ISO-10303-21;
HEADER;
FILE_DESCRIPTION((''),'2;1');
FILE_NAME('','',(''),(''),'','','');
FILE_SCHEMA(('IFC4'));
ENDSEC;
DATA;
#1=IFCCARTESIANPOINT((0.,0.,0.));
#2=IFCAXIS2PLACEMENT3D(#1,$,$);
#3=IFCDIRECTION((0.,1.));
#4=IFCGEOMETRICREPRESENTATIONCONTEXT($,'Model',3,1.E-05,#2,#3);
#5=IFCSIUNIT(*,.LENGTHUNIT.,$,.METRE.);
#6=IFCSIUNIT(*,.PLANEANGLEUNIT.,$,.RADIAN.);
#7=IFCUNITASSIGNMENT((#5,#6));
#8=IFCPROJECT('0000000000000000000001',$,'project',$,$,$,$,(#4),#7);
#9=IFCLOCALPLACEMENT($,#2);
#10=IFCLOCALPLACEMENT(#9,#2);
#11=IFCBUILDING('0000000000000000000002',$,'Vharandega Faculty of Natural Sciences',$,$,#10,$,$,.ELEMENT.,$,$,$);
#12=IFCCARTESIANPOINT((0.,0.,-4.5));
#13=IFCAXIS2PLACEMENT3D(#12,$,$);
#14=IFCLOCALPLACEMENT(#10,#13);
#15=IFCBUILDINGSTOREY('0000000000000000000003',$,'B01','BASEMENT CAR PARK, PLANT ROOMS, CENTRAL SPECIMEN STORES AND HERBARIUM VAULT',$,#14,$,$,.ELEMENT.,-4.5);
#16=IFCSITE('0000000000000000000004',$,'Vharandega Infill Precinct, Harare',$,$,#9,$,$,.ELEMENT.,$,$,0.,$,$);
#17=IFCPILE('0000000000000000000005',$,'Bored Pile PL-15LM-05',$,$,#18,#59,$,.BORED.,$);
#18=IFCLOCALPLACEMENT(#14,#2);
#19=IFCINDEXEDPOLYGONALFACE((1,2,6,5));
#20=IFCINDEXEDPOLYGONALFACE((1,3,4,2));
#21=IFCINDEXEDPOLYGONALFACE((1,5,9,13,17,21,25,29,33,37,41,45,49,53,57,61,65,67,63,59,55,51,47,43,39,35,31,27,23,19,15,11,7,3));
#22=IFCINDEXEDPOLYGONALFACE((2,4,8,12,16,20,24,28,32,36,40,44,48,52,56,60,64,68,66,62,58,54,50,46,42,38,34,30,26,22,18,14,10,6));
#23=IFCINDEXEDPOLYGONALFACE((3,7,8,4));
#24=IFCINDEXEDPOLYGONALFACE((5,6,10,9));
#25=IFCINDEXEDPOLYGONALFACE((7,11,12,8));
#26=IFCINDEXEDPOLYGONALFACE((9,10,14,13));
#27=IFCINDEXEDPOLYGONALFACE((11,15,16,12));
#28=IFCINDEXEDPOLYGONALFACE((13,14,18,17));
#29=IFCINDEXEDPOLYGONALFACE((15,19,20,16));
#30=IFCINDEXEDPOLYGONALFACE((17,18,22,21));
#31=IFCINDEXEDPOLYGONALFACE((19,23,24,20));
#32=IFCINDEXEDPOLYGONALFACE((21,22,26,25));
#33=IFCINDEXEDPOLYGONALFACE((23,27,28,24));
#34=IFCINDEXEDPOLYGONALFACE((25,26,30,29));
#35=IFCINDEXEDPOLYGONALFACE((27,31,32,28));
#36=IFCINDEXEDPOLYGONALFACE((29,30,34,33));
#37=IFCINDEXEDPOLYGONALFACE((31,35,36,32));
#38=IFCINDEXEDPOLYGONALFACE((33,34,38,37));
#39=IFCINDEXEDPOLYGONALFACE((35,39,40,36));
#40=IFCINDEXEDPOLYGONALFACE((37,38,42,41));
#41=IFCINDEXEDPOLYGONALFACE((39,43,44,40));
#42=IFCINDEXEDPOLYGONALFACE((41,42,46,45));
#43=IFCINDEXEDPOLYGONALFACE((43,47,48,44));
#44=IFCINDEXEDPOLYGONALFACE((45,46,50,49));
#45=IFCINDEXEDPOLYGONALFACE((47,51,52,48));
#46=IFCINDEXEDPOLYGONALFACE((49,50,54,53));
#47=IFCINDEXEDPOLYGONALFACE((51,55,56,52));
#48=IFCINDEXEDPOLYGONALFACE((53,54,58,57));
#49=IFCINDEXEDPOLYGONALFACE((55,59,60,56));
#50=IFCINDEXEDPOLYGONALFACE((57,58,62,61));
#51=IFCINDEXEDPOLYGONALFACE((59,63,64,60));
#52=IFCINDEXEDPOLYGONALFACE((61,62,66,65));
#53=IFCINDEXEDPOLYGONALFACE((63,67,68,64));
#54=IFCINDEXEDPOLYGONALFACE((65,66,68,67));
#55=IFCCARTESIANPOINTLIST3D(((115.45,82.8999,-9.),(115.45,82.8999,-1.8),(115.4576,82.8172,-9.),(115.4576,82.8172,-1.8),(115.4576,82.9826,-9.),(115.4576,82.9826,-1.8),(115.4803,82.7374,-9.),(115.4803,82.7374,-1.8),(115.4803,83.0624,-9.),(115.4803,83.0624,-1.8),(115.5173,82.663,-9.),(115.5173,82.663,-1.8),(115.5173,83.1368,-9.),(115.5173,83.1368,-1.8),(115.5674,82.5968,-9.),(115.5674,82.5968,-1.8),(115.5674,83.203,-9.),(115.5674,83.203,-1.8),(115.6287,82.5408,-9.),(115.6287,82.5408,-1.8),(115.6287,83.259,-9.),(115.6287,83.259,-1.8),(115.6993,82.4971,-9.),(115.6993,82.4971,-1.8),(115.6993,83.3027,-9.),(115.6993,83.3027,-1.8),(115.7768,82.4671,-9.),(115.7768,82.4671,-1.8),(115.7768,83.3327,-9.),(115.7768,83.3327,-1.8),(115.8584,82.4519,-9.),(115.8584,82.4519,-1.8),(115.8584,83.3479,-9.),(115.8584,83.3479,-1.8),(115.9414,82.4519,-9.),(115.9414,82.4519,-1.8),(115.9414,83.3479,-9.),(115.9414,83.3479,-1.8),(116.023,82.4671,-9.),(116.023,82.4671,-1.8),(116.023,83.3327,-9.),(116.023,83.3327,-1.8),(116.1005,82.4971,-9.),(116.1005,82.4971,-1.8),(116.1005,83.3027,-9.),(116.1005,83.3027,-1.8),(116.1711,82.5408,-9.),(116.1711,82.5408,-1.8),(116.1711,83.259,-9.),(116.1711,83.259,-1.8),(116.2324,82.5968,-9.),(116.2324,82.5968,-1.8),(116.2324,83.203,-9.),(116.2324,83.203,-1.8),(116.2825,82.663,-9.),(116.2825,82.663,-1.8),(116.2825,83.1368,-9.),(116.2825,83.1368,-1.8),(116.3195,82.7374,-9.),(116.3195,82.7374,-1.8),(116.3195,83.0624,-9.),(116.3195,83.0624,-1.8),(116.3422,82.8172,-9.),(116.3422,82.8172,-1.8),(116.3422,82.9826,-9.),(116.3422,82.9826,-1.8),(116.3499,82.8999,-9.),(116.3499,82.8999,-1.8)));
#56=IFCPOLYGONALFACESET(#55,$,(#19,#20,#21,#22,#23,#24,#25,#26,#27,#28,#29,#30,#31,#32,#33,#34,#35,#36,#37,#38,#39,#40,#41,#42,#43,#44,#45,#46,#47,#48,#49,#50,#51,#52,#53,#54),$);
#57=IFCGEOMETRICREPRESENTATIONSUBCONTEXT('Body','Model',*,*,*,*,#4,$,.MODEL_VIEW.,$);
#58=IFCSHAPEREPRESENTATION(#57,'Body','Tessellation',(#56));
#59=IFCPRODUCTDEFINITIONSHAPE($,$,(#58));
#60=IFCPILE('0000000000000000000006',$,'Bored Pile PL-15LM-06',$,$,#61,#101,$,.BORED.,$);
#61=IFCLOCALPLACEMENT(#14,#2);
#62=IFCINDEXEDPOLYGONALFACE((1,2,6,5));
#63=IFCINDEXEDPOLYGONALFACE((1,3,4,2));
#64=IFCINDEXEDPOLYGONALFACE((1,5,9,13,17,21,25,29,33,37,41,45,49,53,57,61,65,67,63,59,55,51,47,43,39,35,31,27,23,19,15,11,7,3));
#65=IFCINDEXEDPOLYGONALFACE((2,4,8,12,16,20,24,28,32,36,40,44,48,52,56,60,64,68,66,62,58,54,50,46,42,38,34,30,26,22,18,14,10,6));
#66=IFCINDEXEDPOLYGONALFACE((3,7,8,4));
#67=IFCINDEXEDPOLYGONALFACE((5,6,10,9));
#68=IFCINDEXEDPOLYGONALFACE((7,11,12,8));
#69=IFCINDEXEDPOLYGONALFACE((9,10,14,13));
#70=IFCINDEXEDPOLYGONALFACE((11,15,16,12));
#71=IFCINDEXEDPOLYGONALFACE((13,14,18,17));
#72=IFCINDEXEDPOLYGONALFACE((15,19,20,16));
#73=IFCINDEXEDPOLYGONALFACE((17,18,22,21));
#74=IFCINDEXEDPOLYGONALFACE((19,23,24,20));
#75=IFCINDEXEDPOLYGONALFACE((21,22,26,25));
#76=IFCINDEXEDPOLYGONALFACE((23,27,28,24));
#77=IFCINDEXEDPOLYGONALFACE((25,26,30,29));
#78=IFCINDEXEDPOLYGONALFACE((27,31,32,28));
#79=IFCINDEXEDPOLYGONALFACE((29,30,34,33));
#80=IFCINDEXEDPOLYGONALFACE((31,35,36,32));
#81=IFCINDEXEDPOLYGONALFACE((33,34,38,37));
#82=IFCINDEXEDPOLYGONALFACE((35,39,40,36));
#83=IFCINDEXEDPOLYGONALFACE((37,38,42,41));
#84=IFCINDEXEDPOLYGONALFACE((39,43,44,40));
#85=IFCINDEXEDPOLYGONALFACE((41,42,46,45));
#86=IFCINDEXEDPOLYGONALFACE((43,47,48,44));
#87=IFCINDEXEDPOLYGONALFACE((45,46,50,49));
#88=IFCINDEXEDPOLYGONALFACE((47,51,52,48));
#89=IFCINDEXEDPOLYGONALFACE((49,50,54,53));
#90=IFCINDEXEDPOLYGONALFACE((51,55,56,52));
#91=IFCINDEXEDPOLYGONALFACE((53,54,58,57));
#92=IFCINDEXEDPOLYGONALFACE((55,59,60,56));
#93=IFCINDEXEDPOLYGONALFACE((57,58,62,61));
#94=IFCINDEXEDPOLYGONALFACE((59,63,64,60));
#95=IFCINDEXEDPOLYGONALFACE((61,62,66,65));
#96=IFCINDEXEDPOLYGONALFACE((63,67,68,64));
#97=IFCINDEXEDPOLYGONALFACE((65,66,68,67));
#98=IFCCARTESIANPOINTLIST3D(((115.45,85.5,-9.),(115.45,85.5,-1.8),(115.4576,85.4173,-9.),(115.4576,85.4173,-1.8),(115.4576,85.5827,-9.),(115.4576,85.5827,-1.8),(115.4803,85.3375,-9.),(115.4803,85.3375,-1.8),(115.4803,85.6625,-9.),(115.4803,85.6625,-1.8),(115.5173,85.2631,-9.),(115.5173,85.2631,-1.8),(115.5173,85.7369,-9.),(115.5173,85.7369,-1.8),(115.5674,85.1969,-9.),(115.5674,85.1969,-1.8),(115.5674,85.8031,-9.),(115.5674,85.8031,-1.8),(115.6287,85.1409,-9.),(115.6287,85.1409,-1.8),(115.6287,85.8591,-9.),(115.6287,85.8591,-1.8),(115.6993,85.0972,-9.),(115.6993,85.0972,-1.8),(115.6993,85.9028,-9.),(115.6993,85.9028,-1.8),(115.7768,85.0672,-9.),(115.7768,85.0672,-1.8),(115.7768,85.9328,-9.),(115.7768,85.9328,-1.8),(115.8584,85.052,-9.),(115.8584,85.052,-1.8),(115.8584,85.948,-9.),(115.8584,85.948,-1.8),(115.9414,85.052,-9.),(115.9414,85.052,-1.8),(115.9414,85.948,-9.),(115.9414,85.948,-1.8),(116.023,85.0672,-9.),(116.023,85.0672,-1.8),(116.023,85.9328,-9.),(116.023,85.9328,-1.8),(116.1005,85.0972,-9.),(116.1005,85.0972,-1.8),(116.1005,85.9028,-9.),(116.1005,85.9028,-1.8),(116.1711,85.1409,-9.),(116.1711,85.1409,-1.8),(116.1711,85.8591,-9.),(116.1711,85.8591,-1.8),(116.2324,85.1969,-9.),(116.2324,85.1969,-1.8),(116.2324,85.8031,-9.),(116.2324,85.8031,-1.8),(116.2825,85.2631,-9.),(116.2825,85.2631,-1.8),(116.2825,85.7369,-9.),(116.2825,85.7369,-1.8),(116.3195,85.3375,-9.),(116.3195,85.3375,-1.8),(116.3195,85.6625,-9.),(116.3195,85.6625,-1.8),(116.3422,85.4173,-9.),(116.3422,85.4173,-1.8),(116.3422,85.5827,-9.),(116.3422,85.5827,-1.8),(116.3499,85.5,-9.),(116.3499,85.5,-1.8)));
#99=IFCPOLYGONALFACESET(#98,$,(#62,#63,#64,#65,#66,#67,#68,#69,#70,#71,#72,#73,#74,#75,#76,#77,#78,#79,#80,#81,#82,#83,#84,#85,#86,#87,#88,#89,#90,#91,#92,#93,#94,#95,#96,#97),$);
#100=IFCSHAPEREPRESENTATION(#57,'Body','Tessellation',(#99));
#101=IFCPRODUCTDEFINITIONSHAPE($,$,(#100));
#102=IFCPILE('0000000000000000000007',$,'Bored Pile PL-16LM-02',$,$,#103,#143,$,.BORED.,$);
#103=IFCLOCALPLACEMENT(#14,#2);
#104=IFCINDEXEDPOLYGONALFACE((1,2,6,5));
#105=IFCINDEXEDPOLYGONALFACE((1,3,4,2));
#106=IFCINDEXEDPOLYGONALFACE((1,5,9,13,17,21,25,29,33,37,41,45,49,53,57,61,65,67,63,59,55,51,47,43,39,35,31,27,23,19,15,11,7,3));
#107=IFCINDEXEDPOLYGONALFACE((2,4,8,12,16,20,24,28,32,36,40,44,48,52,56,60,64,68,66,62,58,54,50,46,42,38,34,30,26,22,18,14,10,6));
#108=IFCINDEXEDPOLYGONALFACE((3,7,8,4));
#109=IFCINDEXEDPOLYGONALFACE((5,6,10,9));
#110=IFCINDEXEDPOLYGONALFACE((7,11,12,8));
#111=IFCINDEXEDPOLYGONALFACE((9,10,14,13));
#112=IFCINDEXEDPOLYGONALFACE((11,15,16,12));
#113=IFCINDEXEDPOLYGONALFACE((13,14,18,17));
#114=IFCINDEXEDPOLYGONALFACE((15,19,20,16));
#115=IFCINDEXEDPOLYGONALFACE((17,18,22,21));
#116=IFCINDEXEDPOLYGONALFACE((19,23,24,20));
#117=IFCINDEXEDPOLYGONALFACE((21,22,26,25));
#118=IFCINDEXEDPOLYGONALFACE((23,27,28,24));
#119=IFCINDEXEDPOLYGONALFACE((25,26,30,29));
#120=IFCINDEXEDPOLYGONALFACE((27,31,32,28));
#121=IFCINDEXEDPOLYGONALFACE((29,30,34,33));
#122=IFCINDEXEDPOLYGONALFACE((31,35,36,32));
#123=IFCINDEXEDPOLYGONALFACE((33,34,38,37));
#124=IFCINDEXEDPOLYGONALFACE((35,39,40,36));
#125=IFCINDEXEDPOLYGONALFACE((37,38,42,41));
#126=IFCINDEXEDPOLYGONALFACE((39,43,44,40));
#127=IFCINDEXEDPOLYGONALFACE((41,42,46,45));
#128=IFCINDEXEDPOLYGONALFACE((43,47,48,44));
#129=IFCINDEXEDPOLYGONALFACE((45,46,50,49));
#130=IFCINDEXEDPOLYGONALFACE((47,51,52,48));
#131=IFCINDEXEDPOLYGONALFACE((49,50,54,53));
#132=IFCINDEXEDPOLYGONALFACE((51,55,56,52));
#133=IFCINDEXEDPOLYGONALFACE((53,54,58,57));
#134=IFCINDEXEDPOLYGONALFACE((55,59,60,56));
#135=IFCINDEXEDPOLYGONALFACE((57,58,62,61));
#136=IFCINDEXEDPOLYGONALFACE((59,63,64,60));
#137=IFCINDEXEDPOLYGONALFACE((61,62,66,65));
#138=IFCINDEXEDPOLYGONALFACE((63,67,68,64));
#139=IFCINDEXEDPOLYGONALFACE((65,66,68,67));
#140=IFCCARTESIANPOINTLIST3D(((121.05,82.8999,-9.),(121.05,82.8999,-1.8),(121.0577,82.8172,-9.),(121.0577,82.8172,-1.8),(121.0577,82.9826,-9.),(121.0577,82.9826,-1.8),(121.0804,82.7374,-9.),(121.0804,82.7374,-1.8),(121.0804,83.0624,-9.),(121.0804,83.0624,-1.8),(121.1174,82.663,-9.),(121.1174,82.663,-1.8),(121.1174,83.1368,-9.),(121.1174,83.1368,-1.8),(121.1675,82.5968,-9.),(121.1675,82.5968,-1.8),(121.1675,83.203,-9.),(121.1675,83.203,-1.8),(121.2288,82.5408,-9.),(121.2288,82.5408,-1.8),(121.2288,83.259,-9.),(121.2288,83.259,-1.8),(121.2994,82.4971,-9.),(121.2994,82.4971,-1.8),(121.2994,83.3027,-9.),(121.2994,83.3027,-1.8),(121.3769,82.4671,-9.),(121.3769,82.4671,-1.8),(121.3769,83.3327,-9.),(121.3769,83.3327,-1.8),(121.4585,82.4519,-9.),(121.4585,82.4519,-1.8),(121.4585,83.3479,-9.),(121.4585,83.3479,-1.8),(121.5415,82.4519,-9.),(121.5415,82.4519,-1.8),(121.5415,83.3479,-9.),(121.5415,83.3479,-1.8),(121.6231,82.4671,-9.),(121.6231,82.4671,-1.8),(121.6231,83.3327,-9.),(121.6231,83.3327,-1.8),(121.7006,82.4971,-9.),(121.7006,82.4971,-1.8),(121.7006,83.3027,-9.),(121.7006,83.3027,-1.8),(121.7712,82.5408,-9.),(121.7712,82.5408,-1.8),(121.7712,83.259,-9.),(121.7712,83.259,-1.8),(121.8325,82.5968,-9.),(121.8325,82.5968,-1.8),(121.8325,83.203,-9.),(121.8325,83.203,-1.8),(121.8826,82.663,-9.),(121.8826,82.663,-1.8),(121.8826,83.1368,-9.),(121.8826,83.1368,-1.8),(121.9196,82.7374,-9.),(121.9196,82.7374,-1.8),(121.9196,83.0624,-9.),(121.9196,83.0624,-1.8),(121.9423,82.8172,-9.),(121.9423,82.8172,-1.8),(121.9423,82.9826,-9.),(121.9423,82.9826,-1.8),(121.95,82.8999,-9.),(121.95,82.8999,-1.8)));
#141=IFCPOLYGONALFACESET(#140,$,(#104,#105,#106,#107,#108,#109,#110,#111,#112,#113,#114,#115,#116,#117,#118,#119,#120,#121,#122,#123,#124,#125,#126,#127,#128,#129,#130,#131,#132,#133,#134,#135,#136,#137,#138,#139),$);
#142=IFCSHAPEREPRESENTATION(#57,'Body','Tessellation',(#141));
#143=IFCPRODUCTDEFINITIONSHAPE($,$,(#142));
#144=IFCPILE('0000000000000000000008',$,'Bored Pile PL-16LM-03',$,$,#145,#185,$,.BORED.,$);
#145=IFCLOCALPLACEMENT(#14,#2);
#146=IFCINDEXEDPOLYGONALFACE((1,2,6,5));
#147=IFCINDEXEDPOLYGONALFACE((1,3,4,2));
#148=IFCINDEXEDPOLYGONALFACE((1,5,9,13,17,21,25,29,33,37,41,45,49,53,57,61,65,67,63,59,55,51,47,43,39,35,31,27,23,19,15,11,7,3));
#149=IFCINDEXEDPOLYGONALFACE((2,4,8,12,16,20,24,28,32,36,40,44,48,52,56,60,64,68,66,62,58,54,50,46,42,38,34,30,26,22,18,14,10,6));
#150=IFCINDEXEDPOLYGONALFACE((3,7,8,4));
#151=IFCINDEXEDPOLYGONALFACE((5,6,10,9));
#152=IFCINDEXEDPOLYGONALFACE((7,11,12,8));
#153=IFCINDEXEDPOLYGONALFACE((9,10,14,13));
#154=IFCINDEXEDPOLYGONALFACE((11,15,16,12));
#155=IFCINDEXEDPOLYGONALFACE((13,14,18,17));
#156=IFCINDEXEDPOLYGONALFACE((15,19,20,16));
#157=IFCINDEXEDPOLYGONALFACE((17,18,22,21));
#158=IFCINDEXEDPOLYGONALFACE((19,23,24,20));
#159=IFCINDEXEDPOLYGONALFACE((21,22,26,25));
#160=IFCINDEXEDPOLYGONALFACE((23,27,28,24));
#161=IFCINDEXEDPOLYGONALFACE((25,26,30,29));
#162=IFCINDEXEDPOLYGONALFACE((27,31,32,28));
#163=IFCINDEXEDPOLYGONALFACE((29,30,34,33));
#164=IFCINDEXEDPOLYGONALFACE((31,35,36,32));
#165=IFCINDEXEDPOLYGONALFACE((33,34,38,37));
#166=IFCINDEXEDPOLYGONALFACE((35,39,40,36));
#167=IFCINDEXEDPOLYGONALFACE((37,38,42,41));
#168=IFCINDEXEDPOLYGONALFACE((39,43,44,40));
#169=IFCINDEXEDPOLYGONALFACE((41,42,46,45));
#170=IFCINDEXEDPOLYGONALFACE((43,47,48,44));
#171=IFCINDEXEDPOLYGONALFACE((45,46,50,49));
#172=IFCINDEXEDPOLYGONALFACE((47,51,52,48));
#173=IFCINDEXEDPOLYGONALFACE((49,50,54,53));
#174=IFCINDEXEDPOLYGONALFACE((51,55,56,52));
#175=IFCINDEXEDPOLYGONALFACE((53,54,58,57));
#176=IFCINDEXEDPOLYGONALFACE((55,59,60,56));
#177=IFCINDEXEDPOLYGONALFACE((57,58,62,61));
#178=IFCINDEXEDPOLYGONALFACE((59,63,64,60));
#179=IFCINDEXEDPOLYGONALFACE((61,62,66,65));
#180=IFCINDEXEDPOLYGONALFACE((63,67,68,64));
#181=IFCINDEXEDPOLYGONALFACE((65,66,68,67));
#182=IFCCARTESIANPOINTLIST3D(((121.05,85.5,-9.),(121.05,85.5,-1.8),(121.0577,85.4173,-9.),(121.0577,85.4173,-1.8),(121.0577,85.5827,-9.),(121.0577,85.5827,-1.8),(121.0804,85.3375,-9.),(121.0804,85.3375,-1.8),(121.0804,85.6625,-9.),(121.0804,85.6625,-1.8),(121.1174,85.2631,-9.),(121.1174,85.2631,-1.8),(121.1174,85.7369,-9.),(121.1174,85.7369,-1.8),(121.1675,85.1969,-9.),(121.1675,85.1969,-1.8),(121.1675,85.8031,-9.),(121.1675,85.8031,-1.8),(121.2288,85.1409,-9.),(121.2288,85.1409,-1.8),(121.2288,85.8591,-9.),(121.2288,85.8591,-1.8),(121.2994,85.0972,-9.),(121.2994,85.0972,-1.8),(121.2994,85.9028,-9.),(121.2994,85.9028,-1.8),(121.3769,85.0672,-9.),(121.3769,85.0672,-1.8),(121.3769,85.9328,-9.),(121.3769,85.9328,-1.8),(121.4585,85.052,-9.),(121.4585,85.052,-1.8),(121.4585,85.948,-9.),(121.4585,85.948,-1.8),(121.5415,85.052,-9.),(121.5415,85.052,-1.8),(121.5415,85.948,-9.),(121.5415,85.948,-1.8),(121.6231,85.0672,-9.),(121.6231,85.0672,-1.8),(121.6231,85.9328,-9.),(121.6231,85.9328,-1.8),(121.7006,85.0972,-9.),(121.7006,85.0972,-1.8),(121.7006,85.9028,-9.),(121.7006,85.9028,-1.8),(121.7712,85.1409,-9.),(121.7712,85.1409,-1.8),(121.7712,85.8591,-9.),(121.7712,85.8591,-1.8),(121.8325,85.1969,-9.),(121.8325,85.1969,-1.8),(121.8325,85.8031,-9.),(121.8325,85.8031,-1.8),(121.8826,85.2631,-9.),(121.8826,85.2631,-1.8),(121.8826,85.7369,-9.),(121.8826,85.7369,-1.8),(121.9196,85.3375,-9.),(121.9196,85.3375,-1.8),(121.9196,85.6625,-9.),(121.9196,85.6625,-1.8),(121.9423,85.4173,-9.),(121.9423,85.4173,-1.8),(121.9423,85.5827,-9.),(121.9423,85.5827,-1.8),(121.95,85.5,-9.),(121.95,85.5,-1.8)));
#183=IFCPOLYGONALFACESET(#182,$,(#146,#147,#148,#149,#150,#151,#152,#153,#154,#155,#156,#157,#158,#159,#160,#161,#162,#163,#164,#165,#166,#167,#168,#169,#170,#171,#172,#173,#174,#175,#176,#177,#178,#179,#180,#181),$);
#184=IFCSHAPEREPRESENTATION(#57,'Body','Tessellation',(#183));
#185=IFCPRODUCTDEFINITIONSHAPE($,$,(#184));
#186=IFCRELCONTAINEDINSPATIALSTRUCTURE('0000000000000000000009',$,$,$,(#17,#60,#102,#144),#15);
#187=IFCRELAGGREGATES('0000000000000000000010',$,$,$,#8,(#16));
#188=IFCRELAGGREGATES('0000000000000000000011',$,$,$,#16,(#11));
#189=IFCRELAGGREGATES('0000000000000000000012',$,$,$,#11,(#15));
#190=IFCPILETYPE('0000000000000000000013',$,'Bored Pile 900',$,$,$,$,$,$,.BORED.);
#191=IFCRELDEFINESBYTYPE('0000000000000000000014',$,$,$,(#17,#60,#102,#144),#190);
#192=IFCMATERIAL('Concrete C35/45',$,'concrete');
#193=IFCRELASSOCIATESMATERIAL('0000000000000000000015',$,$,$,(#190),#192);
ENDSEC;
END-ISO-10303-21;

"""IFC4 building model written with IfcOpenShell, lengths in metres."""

from ifc_helpers import new_model, si_unit, direction, frame, origin, origin_2d, place, context, subcontext, project, spatial, circle, extrude, material, material_profile, profile_set, type_object, element, save


model = new_model("IFC4")

# Units and contexts
model_context = context("Model", 3, precision=1e-05, world=origin(), true_north=direction((0.0, 1.0)))
body_context = subcontext(model_context, "Body", "Model", "MODEL_VIEW")
ifc_project = project(units=[si_unit("LENGTHUNIT", "METRE"), si_unit("PLANEANGLEUNIT", "RADIAN")], contexts=[model_context])

# Site, building, storey
site_placement = place(None, origin())
site = spatial("IfcSite", under=ifc_project, at=site_placement, Name="Vharandega Infill Precinct, Harare", CompositionType="ELEMENT", RefElevation=0.0)
building_placement = place(site_placement, origin())
building = spatial("IfcBuilding", under=site, at=building_placement, Name="Vharandega Faculty of Natural Sciences", CompositionType="ELEMENT")
storey_placement = place(building_placement, frame((0.0, 0.0, -4.5)))
storey = spatial("IfcBuildingStorey", under=building, at=storey_placement, Name="B01", Description="BASEMENT CAR PARK, PLANT ROOMS, CENTRAL SPECIMEN STORES AND HERBARIUM VAULT", CompositionType="ELEMENT", Elevation=-4.5)

# Piles
ifc_material_1 = material(Name="Concrete C35/45", Category="concrete")
ifc_material_profile_1 = material_profile(ifc_material_1, circle(Radius=0.45, at=origin_2d()), Name="PILE 900")
ifc_profile_set_1 = profile_set([ifc_material_profile_1], Name="Concrete C35/45")
pile_type = type_object("IfcPileType", Name="Bored Pile 900", PredefinedType="BORED", material=ifc_profile_set_1)
for number, where, z_axis, x_axis, name in (
    (1, (115.8999, 82.8999, -1.8), (0.0, 0.0, -1.0), (1.0, 0.0, 0.0), "Bored Pile PL-15LM-05"),
    (2, (115.8999, 85.5, -1.8), (0.0, 0.0, -1.0), (1.0, 0.0, 0.0), "Bored Pile PL-15LM-06"),
    (3, (121.5, 82.8999, -1.8), (0.0, 0.0, -1.0), (1.0, 0.0, 0.0), "Bored Pile PL-16LM-02"),
    (4, (121.5, 85.5, -1.8), (0.0, 0.0, -1.0), (1.0, 0.0, 0.0), "Bored Pile PL-16LM-03"),
):
    element("IfcPile", number, at=place(storey_placement, frame(where, z_axis=z_axis, x_axis=x_axis)), inside=storey, type_object=pile_type, Name=name, PredefinedType="BORED", context=body_context, shape_type="SweptSolid", body=[
        extrude(circle(Radius=0.45, at=origin_2d()), origin(), (0.0, 0.0, 1.0), 7.2),
    ])

save(model, "model.ifc")
